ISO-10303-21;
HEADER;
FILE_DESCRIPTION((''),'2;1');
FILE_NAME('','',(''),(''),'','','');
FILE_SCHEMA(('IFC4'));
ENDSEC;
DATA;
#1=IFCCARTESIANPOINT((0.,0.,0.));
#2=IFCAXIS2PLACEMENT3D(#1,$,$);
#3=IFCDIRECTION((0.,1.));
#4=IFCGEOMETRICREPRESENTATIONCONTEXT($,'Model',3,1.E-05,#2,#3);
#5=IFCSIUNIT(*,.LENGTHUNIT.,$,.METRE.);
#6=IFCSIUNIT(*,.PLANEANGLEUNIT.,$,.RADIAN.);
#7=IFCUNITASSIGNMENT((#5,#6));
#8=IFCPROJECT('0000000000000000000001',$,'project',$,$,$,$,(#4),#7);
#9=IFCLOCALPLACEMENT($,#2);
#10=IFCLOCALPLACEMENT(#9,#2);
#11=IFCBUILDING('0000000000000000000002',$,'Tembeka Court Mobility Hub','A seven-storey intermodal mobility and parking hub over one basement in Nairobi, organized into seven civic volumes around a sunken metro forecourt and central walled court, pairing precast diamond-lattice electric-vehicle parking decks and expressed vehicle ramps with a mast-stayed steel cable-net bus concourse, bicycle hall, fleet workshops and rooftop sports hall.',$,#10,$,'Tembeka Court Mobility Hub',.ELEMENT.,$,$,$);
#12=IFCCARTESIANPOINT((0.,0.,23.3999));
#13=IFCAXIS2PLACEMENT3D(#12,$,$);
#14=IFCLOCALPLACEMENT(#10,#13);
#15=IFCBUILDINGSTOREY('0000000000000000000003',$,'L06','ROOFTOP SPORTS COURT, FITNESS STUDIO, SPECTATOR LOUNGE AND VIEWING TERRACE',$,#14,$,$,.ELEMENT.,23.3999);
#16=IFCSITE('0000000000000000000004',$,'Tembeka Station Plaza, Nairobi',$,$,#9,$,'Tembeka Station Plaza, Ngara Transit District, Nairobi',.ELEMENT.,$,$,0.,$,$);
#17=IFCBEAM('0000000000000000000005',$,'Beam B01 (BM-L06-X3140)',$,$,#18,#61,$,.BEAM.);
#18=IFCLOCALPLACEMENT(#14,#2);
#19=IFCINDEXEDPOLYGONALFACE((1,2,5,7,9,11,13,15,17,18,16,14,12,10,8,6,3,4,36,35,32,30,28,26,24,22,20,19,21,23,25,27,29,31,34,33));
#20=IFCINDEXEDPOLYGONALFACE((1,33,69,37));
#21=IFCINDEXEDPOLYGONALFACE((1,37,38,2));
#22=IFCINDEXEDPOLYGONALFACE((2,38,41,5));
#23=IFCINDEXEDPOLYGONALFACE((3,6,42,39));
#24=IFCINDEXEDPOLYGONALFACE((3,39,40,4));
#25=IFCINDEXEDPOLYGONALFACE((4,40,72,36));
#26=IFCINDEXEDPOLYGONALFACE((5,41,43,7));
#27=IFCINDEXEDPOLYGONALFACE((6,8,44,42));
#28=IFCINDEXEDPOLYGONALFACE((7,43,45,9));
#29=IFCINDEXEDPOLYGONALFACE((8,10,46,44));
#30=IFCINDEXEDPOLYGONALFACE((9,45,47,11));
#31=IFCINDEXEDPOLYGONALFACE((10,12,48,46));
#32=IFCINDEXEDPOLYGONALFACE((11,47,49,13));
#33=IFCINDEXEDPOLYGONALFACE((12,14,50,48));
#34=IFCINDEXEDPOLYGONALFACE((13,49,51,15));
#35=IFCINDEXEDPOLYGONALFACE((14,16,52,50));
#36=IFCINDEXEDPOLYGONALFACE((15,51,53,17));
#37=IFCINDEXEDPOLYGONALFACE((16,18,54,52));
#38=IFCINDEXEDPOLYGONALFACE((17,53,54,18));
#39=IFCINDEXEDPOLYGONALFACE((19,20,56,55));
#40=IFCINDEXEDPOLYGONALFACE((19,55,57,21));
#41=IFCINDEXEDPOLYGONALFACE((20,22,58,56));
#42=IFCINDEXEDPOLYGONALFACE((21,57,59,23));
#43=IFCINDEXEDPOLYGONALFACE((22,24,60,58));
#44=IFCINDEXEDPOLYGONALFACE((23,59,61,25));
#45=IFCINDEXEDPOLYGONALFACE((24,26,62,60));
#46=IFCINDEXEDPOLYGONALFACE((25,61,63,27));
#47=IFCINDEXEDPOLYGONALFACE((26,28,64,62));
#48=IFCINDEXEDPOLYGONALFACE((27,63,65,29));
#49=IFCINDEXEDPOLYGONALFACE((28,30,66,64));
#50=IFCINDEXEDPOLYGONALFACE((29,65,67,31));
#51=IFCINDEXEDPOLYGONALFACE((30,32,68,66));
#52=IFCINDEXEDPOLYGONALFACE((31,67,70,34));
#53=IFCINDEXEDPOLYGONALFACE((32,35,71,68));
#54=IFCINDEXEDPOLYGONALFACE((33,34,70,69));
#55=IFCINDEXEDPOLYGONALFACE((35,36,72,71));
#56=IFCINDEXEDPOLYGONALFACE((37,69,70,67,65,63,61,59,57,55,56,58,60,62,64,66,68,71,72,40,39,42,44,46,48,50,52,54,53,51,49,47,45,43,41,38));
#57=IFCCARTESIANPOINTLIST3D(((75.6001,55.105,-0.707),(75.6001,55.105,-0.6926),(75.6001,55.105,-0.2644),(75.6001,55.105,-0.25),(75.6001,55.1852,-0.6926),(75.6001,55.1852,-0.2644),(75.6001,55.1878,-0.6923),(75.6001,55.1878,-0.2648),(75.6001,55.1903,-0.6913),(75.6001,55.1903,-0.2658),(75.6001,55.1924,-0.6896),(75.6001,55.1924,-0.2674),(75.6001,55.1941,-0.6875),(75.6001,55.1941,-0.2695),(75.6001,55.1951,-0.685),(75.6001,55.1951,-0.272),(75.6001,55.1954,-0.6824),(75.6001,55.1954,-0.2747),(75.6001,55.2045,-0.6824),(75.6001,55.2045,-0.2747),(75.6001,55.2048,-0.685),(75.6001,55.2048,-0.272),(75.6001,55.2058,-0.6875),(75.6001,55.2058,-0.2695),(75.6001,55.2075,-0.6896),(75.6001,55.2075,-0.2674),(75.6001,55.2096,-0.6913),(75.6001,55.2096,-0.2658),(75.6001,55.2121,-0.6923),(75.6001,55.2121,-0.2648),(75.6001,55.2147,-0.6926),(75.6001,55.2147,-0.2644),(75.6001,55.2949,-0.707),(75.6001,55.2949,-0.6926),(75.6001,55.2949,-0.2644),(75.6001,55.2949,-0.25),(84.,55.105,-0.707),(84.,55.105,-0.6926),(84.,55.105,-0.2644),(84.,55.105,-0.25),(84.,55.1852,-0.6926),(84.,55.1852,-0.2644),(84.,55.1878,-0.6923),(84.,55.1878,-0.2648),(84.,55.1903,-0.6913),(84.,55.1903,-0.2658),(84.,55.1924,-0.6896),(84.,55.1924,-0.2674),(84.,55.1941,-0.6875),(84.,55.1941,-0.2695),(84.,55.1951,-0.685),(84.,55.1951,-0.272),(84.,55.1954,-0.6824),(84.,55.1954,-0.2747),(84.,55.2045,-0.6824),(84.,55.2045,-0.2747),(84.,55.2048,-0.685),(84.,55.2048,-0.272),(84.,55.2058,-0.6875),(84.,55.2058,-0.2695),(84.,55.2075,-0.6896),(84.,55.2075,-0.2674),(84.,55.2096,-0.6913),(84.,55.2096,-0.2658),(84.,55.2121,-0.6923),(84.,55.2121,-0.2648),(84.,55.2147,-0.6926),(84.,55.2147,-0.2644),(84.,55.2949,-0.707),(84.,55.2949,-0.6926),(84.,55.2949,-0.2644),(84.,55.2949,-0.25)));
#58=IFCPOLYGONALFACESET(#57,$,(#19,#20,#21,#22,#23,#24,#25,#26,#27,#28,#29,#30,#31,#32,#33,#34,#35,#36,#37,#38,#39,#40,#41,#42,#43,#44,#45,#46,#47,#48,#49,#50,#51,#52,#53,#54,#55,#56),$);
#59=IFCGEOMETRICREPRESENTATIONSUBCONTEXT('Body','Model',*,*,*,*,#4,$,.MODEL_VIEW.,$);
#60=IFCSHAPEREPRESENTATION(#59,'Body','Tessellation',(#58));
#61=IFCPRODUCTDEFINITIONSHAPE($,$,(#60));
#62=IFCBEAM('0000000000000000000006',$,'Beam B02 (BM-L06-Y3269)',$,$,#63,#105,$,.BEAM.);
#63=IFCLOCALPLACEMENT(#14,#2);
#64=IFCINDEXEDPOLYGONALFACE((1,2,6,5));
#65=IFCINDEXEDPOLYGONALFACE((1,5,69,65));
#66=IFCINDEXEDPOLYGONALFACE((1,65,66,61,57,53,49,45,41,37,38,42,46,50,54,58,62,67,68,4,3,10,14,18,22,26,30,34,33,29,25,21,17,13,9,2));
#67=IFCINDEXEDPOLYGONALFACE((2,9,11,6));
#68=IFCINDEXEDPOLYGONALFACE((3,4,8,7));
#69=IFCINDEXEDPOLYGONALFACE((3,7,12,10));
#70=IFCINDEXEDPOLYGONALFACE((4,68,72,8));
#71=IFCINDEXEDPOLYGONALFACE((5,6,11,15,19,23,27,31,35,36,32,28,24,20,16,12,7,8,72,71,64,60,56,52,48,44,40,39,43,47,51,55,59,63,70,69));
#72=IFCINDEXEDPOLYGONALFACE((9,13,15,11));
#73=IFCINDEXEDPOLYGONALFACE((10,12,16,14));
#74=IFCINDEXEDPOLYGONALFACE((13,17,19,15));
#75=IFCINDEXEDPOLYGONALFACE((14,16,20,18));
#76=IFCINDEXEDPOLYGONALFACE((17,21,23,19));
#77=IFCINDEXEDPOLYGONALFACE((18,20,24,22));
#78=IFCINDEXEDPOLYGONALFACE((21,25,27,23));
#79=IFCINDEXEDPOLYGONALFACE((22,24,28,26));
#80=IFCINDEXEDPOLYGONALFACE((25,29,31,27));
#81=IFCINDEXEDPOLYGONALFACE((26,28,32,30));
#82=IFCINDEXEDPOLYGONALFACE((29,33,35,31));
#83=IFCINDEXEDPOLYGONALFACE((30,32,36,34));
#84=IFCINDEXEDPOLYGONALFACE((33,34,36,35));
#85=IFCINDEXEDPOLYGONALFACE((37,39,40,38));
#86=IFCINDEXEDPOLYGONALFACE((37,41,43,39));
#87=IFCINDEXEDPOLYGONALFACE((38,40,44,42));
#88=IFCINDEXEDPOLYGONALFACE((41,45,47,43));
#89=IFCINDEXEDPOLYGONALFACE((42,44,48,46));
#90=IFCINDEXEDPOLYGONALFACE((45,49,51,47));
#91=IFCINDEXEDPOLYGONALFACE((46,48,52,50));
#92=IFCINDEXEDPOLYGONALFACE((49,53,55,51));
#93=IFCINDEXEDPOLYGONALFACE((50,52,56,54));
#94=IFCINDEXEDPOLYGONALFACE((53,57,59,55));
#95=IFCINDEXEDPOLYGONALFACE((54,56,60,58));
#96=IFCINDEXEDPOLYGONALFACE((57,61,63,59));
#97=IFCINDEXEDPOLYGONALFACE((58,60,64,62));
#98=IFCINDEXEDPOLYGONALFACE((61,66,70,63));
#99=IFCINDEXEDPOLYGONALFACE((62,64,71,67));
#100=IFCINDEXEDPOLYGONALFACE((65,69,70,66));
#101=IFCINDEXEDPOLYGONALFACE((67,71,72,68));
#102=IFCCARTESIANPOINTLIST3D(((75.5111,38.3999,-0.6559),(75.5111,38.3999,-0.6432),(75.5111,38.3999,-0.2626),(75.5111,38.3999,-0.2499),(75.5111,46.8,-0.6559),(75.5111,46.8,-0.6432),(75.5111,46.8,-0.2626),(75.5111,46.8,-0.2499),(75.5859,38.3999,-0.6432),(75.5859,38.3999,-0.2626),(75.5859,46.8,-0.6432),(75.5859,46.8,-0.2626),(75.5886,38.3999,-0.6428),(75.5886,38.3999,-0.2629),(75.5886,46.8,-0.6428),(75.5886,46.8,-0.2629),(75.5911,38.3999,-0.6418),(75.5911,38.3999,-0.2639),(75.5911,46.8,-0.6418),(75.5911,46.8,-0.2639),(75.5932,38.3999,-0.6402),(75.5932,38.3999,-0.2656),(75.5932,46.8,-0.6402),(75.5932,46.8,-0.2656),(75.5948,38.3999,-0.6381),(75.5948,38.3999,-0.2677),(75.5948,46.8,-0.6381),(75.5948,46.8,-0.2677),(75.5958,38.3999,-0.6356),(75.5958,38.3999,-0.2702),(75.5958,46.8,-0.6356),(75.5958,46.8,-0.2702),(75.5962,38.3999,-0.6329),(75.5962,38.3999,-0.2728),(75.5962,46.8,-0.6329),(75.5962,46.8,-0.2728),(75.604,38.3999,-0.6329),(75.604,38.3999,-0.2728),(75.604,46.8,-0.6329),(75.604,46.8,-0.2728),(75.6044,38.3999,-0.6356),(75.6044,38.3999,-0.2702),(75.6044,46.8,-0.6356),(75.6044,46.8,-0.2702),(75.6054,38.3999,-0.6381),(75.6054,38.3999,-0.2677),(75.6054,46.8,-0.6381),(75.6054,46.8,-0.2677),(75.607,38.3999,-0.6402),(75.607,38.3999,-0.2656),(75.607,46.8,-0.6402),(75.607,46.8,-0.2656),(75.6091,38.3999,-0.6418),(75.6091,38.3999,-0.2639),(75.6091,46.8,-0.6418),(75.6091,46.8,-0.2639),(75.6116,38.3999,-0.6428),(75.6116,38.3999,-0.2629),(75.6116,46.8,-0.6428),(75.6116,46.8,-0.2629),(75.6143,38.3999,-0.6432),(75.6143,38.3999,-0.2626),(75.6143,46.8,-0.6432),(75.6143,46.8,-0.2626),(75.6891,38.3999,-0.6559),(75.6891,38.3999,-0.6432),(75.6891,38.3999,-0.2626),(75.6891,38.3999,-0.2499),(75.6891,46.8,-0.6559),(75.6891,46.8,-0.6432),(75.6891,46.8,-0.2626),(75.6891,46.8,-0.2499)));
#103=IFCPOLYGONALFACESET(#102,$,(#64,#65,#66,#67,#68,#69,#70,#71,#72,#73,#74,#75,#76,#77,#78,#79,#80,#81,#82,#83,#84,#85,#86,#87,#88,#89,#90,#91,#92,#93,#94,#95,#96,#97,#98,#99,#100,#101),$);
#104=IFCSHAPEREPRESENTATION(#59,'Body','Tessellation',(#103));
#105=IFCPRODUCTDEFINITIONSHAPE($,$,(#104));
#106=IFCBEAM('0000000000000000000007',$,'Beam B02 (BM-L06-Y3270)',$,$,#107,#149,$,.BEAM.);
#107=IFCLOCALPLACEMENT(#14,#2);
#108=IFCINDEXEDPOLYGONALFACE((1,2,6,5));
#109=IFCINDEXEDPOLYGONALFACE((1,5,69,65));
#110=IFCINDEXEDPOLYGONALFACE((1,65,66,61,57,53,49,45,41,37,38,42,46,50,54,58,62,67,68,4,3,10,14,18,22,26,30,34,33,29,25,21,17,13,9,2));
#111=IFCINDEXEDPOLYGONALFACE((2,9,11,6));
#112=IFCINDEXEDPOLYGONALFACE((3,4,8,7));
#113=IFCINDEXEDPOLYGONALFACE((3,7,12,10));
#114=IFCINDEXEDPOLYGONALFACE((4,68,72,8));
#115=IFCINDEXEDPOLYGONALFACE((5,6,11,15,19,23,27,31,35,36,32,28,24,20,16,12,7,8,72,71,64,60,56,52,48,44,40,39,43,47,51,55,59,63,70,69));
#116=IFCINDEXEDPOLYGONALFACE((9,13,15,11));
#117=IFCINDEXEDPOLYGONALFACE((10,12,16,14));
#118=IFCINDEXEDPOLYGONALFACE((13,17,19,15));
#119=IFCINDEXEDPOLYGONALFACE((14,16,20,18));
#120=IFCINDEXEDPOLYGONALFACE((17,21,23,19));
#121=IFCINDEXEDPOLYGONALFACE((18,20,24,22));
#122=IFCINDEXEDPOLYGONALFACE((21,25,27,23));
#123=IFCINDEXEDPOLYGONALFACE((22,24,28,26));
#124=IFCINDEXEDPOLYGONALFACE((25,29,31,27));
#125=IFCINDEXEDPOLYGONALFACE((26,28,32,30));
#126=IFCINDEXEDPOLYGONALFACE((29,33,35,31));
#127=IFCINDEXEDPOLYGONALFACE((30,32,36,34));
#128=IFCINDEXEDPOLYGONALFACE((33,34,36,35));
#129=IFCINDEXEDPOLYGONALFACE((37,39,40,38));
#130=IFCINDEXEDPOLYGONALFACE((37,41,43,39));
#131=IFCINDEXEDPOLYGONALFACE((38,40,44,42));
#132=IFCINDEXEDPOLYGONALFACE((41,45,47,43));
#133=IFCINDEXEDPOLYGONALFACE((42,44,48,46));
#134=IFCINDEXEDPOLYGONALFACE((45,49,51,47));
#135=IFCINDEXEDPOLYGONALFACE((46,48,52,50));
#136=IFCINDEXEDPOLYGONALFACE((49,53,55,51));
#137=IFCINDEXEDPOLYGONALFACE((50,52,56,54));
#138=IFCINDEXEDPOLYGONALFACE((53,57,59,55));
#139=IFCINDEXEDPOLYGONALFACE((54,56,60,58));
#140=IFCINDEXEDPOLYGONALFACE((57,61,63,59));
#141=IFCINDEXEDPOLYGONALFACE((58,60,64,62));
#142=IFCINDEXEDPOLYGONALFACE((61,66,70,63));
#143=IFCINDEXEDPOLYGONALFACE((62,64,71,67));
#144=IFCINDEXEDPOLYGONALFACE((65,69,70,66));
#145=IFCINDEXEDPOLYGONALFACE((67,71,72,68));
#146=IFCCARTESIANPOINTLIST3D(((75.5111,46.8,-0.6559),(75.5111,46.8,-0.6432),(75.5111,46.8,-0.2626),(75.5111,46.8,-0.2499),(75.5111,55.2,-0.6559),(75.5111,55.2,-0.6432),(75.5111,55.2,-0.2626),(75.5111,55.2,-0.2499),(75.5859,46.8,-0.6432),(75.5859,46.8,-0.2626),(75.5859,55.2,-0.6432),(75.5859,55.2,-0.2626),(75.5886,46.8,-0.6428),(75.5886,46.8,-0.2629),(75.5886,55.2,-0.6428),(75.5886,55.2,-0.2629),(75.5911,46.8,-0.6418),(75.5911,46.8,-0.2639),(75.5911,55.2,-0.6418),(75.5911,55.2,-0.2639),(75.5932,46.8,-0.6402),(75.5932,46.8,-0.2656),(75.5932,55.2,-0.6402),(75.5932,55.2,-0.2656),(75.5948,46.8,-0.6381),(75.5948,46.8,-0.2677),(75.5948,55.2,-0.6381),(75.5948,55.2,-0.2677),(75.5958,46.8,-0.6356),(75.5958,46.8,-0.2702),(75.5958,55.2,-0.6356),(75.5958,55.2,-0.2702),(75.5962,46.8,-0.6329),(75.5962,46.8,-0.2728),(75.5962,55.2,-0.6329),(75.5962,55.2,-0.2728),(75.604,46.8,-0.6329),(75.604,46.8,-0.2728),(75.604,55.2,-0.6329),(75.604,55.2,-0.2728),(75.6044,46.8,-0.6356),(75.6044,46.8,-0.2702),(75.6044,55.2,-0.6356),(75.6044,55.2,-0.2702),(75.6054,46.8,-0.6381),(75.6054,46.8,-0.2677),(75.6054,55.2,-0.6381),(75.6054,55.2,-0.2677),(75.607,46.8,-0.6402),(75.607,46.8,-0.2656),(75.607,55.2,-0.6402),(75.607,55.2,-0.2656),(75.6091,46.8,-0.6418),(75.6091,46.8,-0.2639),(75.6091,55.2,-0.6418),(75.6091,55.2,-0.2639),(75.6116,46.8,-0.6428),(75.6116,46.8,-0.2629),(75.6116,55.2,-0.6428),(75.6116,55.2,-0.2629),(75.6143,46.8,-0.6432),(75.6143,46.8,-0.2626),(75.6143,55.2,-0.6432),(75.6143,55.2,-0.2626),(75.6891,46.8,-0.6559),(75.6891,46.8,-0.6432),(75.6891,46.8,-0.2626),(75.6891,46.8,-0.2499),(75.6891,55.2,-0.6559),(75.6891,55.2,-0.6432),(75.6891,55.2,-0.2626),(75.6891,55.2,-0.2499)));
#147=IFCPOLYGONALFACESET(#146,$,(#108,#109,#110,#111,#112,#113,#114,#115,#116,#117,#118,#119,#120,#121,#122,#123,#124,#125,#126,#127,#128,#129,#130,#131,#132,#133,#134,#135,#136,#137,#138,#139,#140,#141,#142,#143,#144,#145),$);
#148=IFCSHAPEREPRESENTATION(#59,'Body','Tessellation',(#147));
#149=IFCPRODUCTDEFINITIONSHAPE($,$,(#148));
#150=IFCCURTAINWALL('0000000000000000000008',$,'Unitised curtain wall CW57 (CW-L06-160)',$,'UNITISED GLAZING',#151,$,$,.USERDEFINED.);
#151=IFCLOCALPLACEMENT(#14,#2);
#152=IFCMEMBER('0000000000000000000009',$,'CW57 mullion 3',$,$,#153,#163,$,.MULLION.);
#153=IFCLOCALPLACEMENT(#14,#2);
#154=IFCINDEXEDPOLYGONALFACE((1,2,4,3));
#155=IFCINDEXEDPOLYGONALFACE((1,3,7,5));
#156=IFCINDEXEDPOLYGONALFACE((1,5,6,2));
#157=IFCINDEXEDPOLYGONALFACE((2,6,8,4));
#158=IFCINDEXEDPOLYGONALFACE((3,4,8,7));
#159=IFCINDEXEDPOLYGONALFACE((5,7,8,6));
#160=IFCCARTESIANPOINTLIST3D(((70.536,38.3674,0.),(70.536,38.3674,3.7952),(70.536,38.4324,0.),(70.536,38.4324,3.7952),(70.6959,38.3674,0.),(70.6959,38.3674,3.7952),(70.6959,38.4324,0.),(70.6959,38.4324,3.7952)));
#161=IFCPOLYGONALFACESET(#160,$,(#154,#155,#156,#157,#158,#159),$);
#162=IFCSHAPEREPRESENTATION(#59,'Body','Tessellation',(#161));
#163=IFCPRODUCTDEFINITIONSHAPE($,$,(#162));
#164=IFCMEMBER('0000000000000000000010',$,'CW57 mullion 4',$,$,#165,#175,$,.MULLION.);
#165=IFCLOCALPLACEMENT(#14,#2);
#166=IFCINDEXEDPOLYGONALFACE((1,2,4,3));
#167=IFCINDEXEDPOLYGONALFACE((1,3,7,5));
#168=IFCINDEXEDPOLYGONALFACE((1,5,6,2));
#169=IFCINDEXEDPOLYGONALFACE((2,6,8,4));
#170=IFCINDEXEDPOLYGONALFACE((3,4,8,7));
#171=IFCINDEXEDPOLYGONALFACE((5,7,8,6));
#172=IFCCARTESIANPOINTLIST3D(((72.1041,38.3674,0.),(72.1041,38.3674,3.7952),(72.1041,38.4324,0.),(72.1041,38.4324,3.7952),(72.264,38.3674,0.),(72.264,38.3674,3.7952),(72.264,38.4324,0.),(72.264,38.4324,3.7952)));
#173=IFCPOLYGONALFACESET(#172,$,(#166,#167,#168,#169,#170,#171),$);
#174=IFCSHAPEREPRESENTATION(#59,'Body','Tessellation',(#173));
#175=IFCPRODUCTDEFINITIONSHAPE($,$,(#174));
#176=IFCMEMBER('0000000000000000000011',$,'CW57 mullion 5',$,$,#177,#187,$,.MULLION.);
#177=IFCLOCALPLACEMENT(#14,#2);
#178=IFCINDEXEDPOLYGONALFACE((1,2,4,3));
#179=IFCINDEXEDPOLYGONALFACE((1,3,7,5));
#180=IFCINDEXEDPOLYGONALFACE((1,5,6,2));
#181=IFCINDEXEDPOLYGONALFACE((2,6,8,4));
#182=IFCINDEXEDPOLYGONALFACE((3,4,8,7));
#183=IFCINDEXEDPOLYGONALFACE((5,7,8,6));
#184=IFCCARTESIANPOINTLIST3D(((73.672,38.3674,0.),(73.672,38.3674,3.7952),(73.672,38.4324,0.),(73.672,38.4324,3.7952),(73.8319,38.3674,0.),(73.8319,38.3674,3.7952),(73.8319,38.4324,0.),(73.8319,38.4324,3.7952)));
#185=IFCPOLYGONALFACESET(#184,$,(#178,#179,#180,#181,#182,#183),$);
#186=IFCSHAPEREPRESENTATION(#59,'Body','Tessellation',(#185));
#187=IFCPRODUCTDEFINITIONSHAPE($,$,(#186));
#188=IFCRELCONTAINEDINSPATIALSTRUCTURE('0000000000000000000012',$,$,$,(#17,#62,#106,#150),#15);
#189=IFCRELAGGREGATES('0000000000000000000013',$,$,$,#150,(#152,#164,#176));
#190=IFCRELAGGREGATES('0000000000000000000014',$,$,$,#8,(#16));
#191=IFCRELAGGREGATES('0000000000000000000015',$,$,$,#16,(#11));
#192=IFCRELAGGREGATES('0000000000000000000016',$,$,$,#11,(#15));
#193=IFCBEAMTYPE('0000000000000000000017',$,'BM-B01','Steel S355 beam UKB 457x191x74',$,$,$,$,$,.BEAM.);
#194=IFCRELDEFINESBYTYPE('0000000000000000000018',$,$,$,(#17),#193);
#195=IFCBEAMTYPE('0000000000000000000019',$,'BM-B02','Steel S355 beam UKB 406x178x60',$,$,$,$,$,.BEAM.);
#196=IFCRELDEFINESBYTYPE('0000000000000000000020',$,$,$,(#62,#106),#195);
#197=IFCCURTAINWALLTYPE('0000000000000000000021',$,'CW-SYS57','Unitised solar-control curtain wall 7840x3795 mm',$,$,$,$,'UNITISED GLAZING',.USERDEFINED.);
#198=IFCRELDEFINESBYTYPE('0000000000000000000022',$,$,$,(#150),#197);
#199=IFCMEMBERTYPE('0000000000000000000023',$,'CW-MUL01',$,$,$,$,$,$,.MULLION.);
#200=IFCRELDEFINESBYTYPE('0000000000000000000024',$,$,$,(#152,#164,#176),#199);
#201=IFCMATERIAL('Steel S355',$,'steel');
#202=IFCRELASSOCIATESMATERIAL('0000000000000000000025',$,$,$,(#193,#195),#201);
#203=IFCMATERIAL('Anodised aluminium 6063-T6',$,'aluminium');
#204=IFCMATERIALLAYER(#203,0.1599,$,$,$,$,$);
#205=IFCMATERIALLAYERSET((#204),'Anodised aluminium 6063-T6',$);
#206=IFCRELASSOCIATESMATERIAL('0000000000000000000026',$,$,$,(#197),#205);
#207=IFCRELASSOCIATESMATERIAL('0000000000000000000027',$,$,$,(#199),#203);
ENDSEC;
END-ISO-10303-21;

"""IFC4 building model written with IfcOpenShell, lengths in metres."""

from ifc_helpers import new_model, si_unit, direction, frame, origin, origin_2d, place, context, subcontext, project, spatial, rectangle, i_section, extrude, material, layer, layer_set, material_profile, profile_set, type_object, element, aggregate, save


model = new_model("IFC4")

# Units and contexts
model_context = context("Model", 3, precision=1e-05, world=origin(), true_north=direction((0.0, 1.0)))
body_context = subcontext(model_context, "Body", "Model", "MODEL_VIEW")
ifc_project = project(units=[si_unit("LENGTHUNIT", "METRE"), si_unit("PLANEANGLEUNIT", "RADIAN")], contexts=[model_context])

# Site, building, storey
site_placement = place(None, origin())
site = spatial("IfcSite", under=ifc_project, at=site_placement, Name="Tembeka Station Plaza, Nairobi", LongName="Tembeka Station Plaza, Ngara Transit District, Nairobi", CompositionType="ELEMENT", RefElevation=0.0)
building_placement = place(site_placement, origin())
building = spatial("IfcBuilding", under=site, at=building_placement, Name="Tembeka Court Mobility Hub", Description="A seven-storey intermodal mobility and parking hub over one basement in Nairobi, organized into seven civic volumes around a sunken metro forecourt and central walled court, pairing precast diamond-lattice electric-vehicle parking decks and expressed vehicle ramps with a mast-stayed steel cable-net bus concourse, bicycle hall, fleet workshops and rooftop sports hall.", LongName="Tembeka Court Mobility Hub", CompositionType="ELEMENT")
storey_placement = place(building_placement, frame((0.0, 0.0, 23.3999)))
storey = spatial("IfcBuildingStorey", under=building, at=storey_placement, Name="L06", Description="ROOFTOP SPORTS COURT, FITNESS STUDIO, SPECTATOR LOUNGE AND VIEWING TERRACE", CompositionType="ELEMENT", Elevation=23.3999)

# Shared definitions
ifc_material_1 = material(Name="Steel S355", Category="steel")

# Beams
ifc_material_profile_1 = material_profile(ifc_material_1, i_section(OverallWidth=0.1899, OverallDepth=0.457, WebThickness=0.009, FlangeThickness=0.0144, FilletRadius=0.0103, at=origin_2d()), Name="UKB 457x191x74")
ifc_profile_set_1 = profile_set([ifc_material_profile_1], Name="Steel S355")
beam_type_1 = type_object("IfcBeamType", Name="BM-B01", Description="Steel S355 beam UKB 457x191x74", PredefinedType="BEAM", material=ifc_profile_set_1)
for number, where, z_axis, x_axis, name in (
    (1, (75.6001, 55.2, -0.4785), (1.0, 0.0, 0.0), (0.0, 1.0, 0.0), "Beam B01 (BM-L06-X3140)"),
):
    element("IfcBeam", number, at=place(storey_placement, frame(where, z_axis=z_axis, x_axis=x_axis)), inside=storey, type_object=beam_type_1, Name=name, PredefinedType="BEAM", context=body_context, shape_type="SweptSolid", body=[
        extrude(i_section(OverallWidth=0.1899, OverallDepth=0.457, WebThickness=0.009, FlangeThickness=0.0144, FilletRadius=0.0103, at=origin_2d()), origin(), (0.0, 0.0, 1.0), 8.3999),
    ])
ifc_material_profile_2 = material_profile(ifc_material_1, i_section(OverallWidth=0.178, OverallDepth=0.406, WebThickness=0.0078, FlangeThickness=0.0127, FilletRadius=0.0103, at=origin_2d()), Name="UKB 406x178x60")
ifc_profile_set_2 = profile_set([ifc_material_profile_2], Name="Steel S355")
beam_type_2 = type_object("IfcBeamType", Name="BM-B02", Description="Steel S355 beam UKB 406x178x60", PredefinedType="BEAM", material=ifc_profile_set_2)
beam_1_placement = place(storey_placement, frame((75.6001, 38.3999, -0.4529), z_axis=(0.0, 1.0, 0.0), x_axis=(-1.0, 0.0, 0.0)))
element("IfcBeam", 2, at=beam_1_placement, inside=storey, type_object=beam_type_2, Name="Beam B02 (BM-L06-Y3269)", PredefinedType="BEAM", context=body_context, shape_type="SweptSolid", body=[
    extrude(i_section(OverallWidth=0.178, OverallDepth=0.406, WebThickness=0.0078, FlangeThickness=0.0127, FilletRadius=0.0103, at=origin_2d()), origin(), (0.0, 0.0, 1.0), 8.4001),
])
beam_2_placement = place(storey_placement, frame((75.6001, 46.8, -0.4529), z_axis=(0.0, 1.0, 0.0), x_axis=(-1.0, 0.0, 0.0)))
element("IfcBeam", 3, at=beam_2_placement, inside=storey, type_object=beam_type_2, Name="Beam B02 (BM-L06-Y3270)", PredefinedType="BEAM", context=body_context, shape_type="SweptSolid", body=[
    extrude(i_section(OverallWidth=0.178, OverallDepth=0.406, WebThickness=0.0078, FlangeThickness=0.0127, FilletRadius=0.0103, at=origin_2d()), origin(), (0.0, 0.0, 1.0), 8.3999),
])

# Curtain wall, members
ifc_material_2 = material(Name="Anodised aluminium 6063-T6", Category="aluminium")
ifc_layer_1 = layer(ifc_material_2, 0.1599)
ifc_layer_set_1 = layer_set([ifc_layer_1], Name="Anodised aluminium 6063-T6")
curtain_wall_type = type_object("IfcCurtainWallType", Name="CW-SYS57", Description="Unitised solar-control curtain wall 7840x3795 mm", ElementType="UNITISED GLAZING", PredefinedType="USERDEFINED", material=ifc_layer_set_1)
curtain_wall_placement = place(storey_placement, origin())
curtain_wall = element("IfcCurtainWall", 4, at=curtain_wall_placement, inside=storey, type_object=curtain_wall_type, Name="Unitised curtain wall CW57 (CW-L06-160)", ObjectType="UNITISED GLAZING", PredefinedType="USERDEFINED")
ifc_material_profile_3 = material_profile(ifc_material_2, rectangle(XDim=0.0649, YDim=0.1599, at=origin_2d()), Name="ALU-MUL 65x160")
ifc_profile_set_3 = profile_set([ifc_material_profile_3], Name="Anodised aluminium 6063-T6")
member_type_1 = type_object("IfcMemberType", Name="CW-MUL01", PredefinedType="MULLION", material=ifc_profile_set_3)
member_1_placement = place(storey_placement, frame((70.616, 38.3999, 0.0), z_axis=(0.0, 0.0, 1.0), x_axis=(0.0, 1.0, 0.0)))
member_1 = element("IfcMember", 5, at=member_1_placement, type_object=member_type_1, Name="CW57 mullion 3", PredefinedType="MULLION", context=body_context, shape_type="SweptSolid", body=[
    extrude(rectangle(XDim=0.0649, YDim=0.1599, at=origin_2d()), origin(), (0.0, 0.0, 1.0), 3.7952),
])
member_2_placement = place(storey_placement, frame((72.1841, 38.3999, 0.0), z_axis=(0.0, 0.0, 1.0), x_axis=(0.0, 1.0, 0.0)))
member_2 = element("IfcMember", 6, at=member_2_placement, type_object=member_type_1, Name="CW57 mullion 4", PredefinedType="MULLION", context=body_context, shape_type="SweptSolid", body=[
    extrude(rectangle(XDim=0.0649, YDim=0.1599, at=origin_2d()), origin(), (0.0, 0.0, 1.0), 3.7952),
])
member_3_placement = place(storey_placement, frame((73.752, 38.3999, 0.0), z_axis=(0.0, 0.0, 1.0), x_axis=(0.0, 1.0, 0.0)))
member_3 = element("IfcMember", 7, at=member_3_placement, type_object=member_type_1, Name="CW57 mullion 5", PredefinedType="MULLION", context=body_context, shape_type="SweptSolid", body=[
    extrude(rectangle(XDim=0.0649, YDim=0.1599, at=origin_2d()), origin(), (0.0, 0.0, 1.0), 3.7952),
])

aggregate(curtain_wall, [member_1, member_2, member_3])

save(model, "model.ifc")
